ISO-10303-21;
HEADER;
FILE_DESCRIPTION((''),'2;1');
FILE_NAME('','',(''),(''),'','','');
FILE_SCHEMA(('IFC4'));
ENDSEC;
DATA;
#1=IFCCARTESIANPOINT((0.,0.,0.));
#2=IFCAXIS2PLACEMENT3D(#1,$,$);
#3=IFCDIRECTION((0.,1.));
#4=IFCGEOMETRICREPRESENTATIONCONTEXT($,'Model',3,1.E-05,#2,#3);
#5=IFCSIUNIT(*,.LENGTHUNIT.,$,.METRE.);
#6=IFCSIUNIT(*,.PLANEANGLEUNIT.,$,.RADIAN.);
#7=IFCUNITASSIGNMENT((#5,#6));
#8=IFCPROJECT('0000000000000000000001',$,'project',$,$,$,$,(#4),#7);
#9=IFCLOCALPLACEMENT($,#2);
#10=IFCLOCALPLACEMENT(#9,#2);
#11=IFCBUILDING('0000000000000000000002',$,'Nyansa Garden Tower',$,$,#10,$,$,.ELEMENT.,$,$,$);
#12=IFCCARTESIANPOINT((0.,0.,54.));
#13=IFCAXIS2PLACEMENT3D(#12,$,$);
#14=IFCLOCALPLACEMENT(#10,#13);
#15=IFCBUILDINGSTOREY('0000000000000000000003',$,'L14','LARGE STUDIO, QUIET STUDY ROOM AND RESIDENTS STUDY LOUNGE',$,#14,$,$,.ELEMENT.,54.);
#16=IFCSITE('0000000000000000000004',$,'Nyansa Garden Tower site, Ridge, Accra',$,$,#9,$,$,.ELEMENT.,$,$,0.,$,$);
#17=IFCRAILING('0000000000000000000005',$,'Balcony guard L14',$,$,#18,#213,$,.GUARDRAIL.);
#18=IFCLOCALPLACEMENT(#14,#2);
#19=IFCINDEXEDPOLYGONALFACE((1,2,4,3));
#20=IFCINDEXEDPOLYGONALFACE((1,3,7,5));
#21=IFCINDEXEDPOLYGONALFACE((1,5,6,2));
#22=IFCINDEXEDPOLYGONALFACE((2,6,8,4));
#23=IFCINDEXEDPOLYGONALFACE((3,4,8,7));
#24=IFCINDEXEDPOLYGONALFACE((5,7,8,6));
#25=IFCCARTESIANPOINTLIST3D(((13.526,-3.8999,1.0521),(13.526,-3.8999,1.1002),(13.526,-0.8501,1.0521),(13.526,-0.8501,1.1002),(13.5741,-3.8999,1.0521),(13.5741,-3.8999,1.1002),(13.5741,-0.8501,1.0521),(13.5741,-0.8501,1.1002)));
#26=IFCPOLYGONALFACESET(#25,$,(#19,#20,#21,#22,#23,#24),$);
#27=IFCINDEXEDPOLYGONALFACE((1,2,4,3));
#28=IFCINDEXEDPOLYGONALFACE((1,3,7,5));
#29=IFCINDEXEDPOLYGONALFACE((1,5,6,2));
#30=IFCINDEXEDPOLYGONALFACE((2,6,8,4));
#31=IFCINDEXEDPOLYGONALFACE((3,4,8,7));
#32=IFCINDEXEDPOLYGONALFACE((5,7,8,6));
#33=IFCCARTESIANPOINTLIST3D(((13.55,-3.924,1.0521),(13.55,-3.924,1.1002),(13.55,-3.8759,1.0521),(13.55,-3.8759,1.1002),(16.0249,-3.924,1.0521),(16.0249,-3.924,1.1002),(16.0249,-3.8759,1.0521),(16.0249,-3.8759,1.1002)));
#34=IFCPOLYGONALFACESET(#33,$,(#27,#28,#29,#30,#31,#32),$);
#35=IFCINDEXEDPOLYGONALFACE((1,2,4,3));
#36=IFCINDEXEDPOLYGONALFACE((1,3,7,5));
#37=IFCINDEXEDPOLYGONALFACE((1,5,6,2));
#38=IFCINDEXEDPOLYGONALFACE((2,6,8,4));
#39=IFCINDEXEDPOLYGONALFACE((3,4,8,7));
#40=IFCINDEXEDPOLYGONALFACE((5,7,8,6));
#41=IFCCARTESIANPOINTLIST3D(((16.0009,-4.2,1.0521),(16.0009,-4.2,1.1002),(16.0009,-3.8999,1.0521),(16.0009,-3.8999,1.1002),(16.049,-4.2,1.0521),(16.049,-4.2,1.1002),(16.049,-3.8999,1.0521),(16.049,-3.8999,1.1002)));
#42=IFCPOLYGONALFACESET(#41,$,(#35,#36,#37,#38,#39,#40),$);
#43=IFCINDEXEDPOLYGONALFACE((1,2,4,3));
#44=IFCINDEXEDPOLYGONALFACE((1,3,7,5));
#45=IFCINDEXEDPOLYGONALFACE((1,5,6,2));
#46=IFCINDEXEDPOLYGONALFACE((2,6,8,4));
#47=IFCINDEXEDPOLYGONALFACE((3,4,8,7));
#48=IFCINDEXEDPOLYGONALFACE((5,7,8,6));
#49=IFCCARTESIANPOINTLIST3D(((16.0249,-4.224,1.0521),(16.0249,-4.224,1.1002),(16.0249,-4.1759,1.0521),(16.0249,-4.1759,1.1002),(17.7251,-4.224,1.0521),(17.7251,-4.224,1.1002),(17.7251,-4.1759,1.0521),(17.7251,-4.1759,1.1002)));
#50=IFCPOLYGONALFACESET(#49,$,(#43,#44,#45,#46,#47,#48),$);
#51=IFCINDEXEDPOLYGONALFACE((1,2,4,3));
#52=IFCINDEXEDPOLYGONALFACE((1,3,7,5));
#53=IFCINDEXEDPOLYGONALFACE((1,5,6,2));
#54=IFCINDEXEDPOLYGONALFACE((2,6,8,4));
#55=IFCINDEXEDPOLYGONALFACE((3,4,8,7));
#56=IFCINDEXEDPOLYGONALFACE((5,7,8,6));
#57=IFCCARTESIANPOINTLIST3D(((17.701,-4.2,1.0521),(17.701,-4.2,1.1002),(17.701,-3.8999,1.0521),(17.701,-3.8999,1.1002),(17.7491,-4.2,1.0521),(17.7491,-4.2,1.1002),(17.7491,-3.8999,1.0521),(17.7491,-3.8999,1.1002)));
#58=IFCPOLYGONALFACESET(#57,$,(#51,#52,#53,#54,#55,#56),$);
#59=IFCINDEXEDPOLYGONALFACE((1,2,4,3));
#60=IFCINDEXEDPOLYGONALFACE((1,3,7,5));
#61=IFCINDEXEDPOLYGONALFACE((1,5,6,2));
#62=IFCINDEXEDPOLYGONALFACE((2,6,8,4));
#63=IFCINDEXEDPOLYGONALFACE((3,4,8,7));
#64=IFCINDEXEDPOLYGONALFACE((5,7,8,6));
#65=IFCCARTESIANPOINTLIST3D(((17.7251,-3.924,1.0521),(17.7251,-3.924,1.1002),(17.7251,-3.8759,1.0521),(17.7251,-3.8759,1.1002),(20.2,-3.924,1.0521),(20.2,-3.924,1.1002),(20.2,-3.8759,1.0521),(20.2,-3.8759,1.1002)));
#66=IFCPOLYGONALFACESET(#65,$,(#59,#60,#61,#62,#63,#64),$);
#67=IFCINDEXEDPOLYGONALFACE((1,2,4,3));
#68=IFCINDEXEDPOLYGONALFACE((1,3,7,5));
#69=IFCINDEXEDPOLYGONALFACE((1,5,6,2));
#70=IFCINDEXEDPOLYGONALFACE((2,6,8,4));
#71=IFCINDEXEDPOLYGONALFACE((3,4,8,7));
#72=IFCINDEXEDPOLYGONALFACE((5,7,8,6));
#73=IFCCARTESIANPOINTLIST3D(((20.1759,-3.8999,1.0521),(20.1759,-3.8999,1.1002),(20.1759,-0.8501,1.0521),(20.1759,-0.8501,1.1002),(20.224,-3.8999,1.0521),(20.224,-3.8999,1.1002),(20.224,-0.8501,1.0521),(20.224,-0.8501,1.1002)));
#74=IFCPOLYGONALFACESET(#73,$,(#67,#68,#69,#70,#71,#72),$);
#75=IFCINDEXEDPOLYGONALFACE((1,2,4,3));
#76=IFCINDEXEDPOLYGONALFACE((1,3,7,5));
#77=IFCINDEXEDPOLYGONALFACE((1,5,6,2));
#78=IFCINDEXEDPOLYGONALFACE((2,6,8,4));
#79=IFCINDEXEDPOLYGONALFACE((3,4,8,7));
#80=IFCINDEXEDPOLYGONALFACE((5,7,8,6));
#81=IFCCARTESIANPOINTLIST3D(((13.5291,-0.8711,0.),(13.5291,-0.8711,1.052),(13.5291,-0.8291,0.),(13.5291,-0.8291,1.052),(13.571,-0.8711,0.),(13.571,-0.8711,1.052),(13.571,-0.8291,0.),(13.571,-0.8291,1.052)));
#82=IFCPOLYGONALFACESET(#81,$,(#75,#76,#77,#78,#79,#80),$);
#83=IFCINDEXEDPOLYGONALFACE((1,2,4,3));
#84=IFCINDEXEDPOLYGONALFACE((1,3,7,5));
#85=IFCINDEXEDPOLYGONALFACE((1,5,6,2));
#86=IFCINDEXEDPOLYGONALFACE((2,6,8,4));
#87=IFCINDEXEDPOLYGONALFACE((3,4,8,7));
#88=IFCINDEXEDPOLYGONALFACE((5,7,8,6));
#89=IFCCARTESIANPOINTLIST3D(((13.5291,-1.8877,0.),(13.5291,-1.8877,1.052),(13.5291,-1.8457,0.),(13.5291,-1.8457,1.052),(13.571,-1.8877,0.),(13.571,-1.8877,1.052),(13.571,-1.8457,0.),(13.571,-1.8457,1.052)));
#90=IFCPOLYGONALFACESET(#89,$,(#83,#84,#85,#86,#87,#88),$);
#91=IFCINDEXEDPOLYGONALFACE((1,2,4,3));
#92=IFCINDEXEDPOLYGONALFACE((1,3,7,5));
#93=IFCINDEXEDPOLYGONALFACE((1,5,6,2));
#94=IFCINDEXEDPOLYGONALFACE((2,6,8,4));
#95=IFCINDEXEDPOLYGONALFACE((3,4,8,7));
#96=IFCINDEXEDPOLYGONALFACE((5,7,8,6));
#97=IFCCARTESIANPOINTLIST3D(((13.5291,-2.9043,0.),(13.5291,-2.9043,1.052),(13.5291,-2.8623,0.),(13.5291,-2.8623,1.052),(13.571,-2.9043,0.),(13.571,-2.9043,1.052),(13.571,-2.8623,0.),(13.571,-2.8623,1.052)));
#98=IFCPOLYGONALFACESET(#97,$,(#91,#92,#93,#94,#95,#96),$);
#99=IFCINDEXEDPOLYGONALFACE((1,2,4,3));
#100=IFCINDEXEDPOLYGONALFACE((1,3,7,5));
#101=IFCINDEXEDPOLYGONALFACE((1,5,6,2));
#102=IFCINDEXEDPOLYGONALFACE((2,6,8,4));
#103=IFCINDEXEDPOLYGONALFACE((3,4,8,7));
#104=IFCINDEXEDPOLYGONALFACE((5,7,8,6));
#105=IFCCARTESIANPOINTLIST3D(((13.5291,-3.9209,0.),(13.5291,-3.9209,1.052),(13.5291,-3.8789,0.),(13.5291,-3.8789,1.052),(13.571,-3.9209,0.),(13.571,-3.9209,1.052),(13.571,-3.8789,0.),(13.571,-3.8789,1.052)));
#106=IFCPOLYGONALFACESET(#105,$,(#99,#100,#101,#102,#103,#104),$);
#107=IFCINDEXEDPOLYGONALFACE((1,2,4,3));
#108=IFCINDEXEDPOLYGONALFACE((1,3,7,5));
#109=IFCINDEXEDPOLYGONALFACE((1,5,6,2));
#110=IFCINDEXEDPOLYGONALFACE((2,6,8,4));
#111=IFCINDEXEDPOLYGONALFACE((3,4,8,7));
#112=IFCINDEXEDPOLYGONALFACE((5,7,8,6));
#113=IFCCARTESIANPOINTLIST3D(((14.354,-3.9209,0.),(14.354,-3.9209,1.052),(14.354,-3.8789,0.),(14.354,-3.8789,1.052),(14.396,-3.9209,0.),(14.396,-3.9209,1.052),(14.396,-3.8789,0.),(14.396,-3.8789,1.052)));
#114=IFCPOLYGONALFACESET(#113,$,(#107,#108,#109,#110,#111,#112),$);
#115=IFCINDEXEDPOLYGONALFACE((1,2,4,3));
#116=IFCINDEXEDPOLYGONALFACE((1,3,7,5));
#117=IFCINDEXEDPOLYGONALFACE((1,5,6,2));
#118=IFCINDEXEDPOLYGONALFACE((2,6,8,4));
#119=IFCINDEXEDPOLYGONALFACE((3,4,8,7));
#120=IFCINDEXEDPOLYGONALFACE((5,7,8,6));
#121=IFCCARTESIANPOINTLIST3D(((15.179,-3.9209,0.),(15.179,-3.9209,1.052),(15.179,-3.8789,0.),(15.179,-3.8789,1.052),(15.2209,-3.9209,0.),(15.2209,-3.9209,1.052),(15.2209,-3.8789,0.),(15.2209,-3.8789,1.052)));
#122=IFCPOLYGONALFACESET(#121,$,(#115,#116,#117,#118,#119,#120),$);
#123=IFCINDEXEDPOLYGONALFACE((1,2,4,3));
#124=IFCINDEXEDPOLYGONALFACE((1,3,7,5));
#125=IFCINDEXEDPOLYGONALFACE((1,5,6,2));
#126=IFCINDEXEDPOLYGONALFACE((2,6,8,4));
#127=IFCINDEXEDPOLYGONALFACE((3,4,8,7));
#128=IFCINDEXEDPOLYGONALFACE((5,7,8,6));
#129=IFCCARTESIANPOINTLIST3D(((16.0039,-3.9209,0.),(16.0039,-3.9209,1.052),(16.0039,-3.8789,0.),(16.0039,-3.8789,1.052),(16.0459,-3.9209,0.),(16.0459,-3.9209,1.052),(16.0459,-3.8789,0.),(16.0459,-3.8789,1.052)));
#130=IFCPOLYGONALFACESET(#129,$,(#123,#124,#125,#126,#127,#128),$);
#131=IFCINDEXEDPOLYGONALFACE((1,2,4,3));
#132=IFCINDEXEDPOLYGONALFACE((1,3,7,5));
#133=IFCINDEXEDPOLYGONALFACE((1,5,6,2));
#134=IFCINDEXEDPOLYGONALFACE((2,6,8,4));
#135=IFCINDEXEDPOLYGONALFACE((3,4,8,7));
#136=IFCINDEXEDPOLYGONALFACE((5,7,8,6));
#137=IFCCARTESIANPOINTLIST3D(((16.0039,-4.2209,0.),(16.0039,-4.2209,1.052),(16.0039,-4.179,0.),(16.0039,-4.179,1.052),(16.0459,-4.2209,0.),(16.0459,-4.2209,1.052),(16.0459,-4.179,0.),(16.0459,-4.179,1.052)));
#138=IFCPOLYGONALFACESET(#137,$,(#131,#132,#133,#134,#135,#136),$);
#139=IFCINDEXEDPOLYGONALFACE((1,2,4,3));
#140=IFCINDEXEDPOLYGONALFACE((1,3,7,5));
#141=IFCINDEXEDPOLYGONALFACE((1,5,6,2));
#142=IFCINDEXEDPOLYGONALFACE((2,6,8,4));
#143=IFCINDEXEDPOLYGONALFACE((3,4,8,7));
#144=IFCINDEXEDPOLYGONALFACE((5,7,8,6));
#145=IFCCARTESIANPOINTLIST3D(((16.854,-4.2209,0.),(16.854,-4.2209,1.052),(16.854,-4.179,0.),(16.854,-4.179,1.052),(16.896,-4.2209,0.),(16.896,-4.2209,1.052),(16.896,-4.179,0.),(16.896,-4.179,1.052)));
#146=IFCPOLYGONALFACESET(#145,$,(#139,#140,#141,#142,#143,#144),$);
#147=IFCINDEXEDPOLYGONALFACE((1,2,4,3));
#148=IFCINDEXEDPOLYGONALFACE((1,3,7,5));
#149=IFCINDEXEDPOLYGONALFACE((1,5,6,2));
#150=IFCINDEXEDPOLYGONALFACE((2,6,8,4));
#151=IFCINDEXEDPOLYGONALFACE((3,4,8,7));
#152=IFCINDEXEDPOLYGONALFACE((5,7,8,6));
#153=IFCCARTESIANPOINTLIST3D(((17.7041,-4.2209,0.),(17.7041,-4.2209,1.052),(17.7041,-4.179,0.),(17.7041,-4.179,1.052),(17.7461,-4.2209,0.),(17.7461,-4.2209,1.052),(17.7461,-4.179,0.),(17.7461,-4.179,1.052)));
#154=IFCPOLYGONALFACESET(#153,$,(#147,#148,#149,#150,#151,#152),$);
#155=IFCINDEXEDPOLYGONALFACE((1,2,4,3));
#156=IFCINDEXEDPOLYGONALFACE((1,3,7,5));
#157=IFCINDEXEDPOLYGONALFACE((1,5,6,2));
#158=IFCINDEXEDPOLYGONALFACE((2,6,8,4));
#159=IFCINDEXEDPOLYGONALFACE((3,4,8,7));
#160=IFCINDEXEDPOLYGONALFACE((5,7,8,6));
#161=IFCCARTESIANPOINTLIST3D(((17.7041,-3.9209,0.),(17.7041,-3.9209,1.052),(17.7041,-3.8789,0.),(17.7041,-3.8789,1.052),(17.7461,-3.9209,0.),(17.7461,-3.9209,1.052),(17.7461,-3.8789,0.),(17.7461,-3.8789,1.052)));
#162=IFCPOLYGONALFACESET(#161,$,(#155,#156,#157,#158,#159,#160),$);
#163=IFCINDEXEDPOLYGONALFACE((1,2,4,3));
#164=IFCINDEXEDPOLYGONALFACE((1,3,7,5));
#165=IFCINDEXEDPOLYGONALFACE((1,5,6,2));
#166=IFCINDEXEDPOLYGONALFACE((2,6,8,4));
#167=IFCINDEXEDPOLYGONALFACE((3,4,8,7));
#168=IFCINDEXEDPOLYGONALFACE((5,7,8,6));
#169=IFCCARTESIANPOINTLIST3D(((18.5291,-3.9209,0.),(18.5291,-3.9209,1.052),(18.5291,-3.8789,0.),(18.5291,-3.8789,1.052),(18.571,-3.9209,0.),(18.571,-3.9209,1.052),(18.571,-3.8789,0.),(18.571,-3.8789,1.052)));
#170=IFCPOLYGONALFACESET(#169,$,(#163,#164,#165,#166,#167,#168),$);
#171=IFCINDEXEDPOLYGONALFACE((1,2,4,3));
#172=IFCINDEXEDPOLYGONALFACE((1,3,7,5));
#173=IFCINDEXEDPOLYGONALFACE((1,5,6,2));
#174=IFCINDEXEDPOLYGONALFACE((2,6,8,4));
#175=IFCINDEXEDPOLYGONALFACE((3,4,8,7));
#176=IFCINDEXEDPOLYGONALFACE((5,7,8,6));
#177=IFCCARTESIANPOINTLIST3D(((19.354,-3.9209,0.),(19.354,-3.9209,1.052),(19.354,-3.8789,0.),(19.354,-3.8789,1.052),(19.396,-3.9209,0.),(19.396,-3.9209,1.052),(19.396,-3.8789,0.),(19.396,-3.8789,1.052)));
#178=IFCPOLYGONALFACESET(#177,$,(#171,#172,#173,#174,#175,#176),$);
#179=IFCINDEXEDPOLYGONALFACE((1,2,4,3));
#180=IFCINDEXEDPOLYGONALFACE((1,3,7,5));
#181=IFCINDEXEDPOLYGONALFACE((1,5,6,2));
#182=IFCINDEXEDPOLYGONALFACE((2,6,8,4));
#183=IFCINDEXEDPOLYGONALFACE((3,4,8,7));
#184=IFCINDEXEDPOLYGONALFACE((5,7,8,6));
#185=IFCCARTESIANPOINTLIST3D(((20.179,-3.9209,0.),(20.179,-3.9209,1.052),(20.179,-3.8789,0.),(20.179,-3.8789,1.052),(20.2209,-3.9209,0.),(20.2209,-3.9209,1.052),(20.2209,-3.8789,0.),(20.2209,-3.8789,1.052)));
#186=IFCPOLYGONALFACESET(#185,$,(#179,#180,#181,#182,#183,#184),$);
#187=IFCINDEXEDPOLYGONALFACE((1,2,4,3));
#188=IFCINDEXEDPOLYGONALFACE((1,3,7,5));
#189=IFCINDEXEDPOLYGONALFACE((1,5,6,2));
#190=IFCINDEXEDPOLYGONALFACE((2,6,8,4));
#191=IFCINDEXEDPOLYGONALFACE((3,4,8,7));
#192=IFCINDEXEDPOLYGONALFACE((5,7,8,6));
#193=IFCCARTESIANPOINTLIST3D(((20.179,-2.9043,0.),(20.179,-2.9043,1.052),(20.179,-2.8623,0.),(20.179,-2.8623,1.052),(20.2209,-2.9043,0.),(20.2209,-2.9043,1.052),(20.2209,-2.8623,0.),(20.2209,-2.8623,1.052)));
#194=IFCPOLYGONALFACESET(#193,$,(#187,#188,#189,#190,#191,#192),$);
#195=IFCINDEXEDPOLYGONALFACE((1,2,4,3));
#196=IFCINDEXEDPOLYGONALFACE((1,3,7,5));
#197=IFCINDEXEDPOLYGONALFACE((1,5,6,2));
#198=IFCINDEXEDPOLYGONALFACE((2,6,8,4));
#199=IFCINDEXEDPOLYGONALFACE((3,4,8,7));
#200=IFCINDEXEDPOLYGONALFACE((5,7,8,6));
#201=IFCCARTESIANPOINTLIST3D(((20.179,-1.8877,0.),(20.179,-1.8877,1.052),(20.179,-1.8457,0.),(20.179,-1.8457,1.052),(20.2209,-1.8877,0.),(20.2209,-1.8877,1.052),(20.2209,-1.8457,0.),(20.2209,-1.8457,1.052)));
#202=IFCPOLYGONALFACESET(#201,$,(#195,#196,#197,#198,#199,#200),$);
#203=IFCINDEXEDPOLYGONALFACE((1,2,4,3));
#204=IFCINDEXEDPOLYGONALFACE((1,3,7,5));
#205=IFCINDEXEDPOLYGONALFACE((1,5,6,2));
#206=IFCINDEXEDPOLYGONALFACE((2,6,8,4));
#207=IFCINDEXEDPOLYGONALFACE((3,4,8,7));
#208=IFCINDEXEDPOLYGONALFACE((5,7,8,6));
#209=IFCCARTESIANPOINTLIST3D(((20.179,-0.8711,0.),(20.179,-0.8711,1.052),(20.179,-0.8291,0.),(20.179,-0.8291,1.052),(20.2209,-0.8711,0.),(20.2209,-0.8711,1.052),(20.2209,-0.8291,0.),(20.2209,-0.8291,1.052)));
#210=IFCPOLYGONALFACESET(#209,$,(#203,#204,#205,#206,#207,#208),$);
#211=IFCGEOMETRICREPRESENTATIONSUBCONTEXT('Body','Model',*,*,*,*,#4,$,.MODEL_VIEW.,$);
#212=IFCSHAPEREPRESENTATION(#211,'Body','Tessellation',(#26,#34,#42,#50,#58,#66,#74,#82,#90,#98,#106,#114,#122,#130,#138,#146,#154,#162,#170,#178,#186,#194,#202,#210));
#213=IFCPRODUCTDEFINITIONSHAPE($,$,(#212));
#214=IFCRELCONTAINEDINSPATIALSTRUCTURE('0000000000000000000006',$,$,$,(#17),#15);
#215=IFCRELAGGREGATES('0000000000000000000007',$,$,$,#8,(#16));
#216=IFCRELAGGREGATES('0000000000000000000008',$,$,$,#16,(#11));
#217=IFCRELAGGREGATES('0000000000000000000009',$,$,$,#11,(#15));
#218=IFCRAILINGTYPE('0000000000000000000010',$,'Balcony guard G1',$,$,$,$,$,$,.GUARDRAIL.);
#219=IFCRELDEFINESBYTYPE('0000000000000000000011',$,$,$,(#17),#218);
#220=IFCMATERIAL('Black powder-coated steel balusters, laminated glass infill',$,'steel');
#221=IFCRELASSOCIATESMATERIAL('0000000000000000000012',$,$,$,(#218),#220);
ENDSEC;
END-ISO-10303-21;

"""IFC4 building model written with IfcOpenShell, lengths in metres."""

from ifc_helpers import new_model, si_unit, direction, frame, origin, origin_2d, place, context, subcontext, project, spatial, rectangle, extrude, material, type_object, element, save


model = new_model("IFC4")

# Units and contexts
model_context = context("Model", 3, precision=1e-05, world=origin(), true_north=direction((0.0, 1.0)))
body_context = subcontext(model_context, "Body", "Model", "MODEL_VIEW")
ifc_project = project(units=[si_unit("LENGTHUNIT", "METRE"), si_unit("PLANEANGLEUNIT", "RADIAN")], contexts=[model_context])

# Site, building, storey
site_placement = place(None, origin())
site = spatial("IfcSite", under=ifc_project, at=site_placement, Name="Nyansa Garden Tower site, Ridge, Accra", CompositionType="ELEMENT", RefElevation=0.0)
building_placement = place(site_placement, origin())
building = spatial("IfcBuilding", under=site, at=building_placement, Name="Nyansa Garden Tower", CompositionType="ELEMENT")
storey_placement = place(building_placement, frame((0.0, 0.0, 54.0)))
storey = spatial("IfcBuildingStorey", under=building, at=storey_placement, Name="L14", Description="LARGE STUDIO, QUIET STUDY ROOM AND RESIDENTS STUDY LOUNGE", CompositionType="ELEMENT", Elevation=54.0)

# Railing
ifc_material_1 = material(Name="Black powder-coated steel balusters, laminated glass infill", Category="steel")
railing_type = type_object("IfcRailingType", Name="Balcony guard G1", PredefinedType="GUARDRAIL", material=ifc_material_1)
railing_placement = place(storey_placement, frame((13.55, -0.8501, 0.0)))
element("IfcRailing", 1, at=railing_placement, inside=storey, type_object=railing_type, Name="Balcony guard L14", PredefinedType="GUARDRAIL", context=body_context, shape_type="SweptSolid", body=[
    extrude(rectangle(XDim=0.0481, YDim=0.0481, at=origin_2d()), frame((0.0, 0.0, 1.0762), z_axis=(0.0, -1.0, 0.0), x_axis=(1.0, 0.0, 0.0)), (0.0, 0.0, 1.0), 3.0498),
    extrude(rectangle(XDim=0.0481, YDim=0.0481, at=origin_2d()), frame((0.0, -3.0498, 1.0762), z_axis=(1.0, 0.0, 0.0), x_axis=(0.0, 1.0, 0.0)), (0.0, 0.0, 1.0), 2.4749),
    extrude(rectangle(XDim=0.0481, YDim=0.0481, at=origin_2d()), frame((2.4749, -3.0498, 1.0762), z_axis=(0.0, -1.0, 0.0), x_axis=(1.0, 0.0, 0.0)), (0.0, 0.0, 1.0), 0.3),
    extrude(rectangle(XDim=0.0481, YDim=0.0481, at=origin_2d()), frame((2.4749, -3.3499, 1.0762), z_axis=(1.0, 0.0, 0.0), x_axis=(0.0, 1.0, 0.0)), (0.0, 0.0, 1.0), 1.7002),
    extrude(rectangle(XDim=0.0481, YDim=0.0481, at=origin_2d()), frame((4.175, -3.3499, 1.0762), z_axis=(0.0, 1.0, 0.0), x_axis=(-1.0, 0.0, 0.0)), (0.0, 0.0, 1.0), 0.3),
    extrude(rectangle(XDim=0.0481, YDim=0.0481, at=origin_2d()), frame((4.175, -3.0498, 1.0762), z_axis=(1.0, 0.0, 0.0), x_axis=(0.0, 1.0, 0.0)), (0.0, 0.0, 1.0), 2.4749),
    extrude(rectangle(XDim=0.0481, YDim=0.0481, at=origin_2d()), frame((6.6499, -3.0498, 1.0762), z_axis=(0.0, 1.0, 0.0), x_axis=(-1.0, 0.0, 0.0)), (0.0, 0.0, 1.0), 3.0498),
    extrude(rectangle(XDim=0.042, YDim=0.042, at=origin_2d()), origin(), (0.0, 0.0, 1.0), 1.052),
    extrude(rectangle(XDim=0.042, YDim=0.042, at=origin_2d()), frame((0.0, -1.0166, 0.0)), (0.0, 0.0, 1.0), 1.052),
    extrude(rectangle(XDim=0.042, YDim=0.042, at=origin_2d()), frame((0.0, -2.0332, 0.0)), (0.0, 0.0, 1.0), 1.052),
    extrude(rectangle(XDim=0.042, YDim=0.042, at=origin_2d()), frame((0.0, -3.0498, 0.0)), (0.0, 0.0, 1.0), 1.052),
    extrude(rectangle(XDim=0.042, YDim=0.042, at=origin_2d()), frame((0.825, -3.0498, 0.0)), (0.0, 0.0, 1.0), 1.052),
    extrude(rectangle(XDim=0.042, YDim=0.042, at=origin_2d()), frame((1.6499, -3.0498, 0.0)), (0.0, 0.0, 1.0), 1.052),
    extrude(rectangle(XDim=0.042, YDim=0.042, at=origin_2d()), frame((2.4749, -3.0498, 0.0)), (0.0, 0.0, 1.0), 1.052),
    extrude(rectangle(XDim=0.042, YDim=0.042, at=origin_2d()), frame((2.4749, -3.3499, 0.0)), (0.0, 0.0, 1.0), 1.052),
    extrude(rectangle(XDim=0.042, YDim=0.042, at=origin_2d()), frame((3.325, -3.3499, 0.0)), (0.0, 0.0, 1.0), 1.052),
    extrude(rectangle(XDim=0.042, YDim=0.042, at=origin_2d()), frame((4.175, -3.3499, 0.0)), (0.0, 0.0, 1.0), 1.052),
    extrude(rectangle(XDim=0.042, YDim=0.042, at=origin_2d()), frame((4.175, -3.0498, 0.0)), (0.0, 0.0, 1.0), 1.052),
    extrude(rectangle(XDim=0.042, YDim=0.042, at=origin_2d()), frame((5.0, -3.0498, 0.0)), (0.0, 0.0, 1.0), 1.052),
    extrude(rectangle(XDim=0.042, YDim=0.042, at=origin_2d()), frame((5.825, -3.0498, 0.0)), (0.0, 0.0, 1.0), 1.052),
    extrude(rectangle(XDim=0.042, YDim=0.042, at=origin_2d()), frame((6.6499, -3.0498, 0.0)), (0.0, 0.0, 1.0), 1.052),
    extrude(rectangle(XDim=0.042, YDim=0.042, at=origin_2d()), frame((6.6499, -2.0332, 0.0)), (0.0, 0.0, 1.0), 1.052),
    extrude(rectangle(XDim=0.042, YDim=0.042, at=origin_2d()), frame((6.6499, -1.0166, 0.0)), (0.0, 0.0, 1.0), 1.052),
    extrude(rectangle(XDim=0.042, YDim=0.042, at=origin_2d()), frame((6.6499, 0.0, 0.0)), (0.0, 0.0, 1.0), 1.052),
])

save(model, "model.ifc")
